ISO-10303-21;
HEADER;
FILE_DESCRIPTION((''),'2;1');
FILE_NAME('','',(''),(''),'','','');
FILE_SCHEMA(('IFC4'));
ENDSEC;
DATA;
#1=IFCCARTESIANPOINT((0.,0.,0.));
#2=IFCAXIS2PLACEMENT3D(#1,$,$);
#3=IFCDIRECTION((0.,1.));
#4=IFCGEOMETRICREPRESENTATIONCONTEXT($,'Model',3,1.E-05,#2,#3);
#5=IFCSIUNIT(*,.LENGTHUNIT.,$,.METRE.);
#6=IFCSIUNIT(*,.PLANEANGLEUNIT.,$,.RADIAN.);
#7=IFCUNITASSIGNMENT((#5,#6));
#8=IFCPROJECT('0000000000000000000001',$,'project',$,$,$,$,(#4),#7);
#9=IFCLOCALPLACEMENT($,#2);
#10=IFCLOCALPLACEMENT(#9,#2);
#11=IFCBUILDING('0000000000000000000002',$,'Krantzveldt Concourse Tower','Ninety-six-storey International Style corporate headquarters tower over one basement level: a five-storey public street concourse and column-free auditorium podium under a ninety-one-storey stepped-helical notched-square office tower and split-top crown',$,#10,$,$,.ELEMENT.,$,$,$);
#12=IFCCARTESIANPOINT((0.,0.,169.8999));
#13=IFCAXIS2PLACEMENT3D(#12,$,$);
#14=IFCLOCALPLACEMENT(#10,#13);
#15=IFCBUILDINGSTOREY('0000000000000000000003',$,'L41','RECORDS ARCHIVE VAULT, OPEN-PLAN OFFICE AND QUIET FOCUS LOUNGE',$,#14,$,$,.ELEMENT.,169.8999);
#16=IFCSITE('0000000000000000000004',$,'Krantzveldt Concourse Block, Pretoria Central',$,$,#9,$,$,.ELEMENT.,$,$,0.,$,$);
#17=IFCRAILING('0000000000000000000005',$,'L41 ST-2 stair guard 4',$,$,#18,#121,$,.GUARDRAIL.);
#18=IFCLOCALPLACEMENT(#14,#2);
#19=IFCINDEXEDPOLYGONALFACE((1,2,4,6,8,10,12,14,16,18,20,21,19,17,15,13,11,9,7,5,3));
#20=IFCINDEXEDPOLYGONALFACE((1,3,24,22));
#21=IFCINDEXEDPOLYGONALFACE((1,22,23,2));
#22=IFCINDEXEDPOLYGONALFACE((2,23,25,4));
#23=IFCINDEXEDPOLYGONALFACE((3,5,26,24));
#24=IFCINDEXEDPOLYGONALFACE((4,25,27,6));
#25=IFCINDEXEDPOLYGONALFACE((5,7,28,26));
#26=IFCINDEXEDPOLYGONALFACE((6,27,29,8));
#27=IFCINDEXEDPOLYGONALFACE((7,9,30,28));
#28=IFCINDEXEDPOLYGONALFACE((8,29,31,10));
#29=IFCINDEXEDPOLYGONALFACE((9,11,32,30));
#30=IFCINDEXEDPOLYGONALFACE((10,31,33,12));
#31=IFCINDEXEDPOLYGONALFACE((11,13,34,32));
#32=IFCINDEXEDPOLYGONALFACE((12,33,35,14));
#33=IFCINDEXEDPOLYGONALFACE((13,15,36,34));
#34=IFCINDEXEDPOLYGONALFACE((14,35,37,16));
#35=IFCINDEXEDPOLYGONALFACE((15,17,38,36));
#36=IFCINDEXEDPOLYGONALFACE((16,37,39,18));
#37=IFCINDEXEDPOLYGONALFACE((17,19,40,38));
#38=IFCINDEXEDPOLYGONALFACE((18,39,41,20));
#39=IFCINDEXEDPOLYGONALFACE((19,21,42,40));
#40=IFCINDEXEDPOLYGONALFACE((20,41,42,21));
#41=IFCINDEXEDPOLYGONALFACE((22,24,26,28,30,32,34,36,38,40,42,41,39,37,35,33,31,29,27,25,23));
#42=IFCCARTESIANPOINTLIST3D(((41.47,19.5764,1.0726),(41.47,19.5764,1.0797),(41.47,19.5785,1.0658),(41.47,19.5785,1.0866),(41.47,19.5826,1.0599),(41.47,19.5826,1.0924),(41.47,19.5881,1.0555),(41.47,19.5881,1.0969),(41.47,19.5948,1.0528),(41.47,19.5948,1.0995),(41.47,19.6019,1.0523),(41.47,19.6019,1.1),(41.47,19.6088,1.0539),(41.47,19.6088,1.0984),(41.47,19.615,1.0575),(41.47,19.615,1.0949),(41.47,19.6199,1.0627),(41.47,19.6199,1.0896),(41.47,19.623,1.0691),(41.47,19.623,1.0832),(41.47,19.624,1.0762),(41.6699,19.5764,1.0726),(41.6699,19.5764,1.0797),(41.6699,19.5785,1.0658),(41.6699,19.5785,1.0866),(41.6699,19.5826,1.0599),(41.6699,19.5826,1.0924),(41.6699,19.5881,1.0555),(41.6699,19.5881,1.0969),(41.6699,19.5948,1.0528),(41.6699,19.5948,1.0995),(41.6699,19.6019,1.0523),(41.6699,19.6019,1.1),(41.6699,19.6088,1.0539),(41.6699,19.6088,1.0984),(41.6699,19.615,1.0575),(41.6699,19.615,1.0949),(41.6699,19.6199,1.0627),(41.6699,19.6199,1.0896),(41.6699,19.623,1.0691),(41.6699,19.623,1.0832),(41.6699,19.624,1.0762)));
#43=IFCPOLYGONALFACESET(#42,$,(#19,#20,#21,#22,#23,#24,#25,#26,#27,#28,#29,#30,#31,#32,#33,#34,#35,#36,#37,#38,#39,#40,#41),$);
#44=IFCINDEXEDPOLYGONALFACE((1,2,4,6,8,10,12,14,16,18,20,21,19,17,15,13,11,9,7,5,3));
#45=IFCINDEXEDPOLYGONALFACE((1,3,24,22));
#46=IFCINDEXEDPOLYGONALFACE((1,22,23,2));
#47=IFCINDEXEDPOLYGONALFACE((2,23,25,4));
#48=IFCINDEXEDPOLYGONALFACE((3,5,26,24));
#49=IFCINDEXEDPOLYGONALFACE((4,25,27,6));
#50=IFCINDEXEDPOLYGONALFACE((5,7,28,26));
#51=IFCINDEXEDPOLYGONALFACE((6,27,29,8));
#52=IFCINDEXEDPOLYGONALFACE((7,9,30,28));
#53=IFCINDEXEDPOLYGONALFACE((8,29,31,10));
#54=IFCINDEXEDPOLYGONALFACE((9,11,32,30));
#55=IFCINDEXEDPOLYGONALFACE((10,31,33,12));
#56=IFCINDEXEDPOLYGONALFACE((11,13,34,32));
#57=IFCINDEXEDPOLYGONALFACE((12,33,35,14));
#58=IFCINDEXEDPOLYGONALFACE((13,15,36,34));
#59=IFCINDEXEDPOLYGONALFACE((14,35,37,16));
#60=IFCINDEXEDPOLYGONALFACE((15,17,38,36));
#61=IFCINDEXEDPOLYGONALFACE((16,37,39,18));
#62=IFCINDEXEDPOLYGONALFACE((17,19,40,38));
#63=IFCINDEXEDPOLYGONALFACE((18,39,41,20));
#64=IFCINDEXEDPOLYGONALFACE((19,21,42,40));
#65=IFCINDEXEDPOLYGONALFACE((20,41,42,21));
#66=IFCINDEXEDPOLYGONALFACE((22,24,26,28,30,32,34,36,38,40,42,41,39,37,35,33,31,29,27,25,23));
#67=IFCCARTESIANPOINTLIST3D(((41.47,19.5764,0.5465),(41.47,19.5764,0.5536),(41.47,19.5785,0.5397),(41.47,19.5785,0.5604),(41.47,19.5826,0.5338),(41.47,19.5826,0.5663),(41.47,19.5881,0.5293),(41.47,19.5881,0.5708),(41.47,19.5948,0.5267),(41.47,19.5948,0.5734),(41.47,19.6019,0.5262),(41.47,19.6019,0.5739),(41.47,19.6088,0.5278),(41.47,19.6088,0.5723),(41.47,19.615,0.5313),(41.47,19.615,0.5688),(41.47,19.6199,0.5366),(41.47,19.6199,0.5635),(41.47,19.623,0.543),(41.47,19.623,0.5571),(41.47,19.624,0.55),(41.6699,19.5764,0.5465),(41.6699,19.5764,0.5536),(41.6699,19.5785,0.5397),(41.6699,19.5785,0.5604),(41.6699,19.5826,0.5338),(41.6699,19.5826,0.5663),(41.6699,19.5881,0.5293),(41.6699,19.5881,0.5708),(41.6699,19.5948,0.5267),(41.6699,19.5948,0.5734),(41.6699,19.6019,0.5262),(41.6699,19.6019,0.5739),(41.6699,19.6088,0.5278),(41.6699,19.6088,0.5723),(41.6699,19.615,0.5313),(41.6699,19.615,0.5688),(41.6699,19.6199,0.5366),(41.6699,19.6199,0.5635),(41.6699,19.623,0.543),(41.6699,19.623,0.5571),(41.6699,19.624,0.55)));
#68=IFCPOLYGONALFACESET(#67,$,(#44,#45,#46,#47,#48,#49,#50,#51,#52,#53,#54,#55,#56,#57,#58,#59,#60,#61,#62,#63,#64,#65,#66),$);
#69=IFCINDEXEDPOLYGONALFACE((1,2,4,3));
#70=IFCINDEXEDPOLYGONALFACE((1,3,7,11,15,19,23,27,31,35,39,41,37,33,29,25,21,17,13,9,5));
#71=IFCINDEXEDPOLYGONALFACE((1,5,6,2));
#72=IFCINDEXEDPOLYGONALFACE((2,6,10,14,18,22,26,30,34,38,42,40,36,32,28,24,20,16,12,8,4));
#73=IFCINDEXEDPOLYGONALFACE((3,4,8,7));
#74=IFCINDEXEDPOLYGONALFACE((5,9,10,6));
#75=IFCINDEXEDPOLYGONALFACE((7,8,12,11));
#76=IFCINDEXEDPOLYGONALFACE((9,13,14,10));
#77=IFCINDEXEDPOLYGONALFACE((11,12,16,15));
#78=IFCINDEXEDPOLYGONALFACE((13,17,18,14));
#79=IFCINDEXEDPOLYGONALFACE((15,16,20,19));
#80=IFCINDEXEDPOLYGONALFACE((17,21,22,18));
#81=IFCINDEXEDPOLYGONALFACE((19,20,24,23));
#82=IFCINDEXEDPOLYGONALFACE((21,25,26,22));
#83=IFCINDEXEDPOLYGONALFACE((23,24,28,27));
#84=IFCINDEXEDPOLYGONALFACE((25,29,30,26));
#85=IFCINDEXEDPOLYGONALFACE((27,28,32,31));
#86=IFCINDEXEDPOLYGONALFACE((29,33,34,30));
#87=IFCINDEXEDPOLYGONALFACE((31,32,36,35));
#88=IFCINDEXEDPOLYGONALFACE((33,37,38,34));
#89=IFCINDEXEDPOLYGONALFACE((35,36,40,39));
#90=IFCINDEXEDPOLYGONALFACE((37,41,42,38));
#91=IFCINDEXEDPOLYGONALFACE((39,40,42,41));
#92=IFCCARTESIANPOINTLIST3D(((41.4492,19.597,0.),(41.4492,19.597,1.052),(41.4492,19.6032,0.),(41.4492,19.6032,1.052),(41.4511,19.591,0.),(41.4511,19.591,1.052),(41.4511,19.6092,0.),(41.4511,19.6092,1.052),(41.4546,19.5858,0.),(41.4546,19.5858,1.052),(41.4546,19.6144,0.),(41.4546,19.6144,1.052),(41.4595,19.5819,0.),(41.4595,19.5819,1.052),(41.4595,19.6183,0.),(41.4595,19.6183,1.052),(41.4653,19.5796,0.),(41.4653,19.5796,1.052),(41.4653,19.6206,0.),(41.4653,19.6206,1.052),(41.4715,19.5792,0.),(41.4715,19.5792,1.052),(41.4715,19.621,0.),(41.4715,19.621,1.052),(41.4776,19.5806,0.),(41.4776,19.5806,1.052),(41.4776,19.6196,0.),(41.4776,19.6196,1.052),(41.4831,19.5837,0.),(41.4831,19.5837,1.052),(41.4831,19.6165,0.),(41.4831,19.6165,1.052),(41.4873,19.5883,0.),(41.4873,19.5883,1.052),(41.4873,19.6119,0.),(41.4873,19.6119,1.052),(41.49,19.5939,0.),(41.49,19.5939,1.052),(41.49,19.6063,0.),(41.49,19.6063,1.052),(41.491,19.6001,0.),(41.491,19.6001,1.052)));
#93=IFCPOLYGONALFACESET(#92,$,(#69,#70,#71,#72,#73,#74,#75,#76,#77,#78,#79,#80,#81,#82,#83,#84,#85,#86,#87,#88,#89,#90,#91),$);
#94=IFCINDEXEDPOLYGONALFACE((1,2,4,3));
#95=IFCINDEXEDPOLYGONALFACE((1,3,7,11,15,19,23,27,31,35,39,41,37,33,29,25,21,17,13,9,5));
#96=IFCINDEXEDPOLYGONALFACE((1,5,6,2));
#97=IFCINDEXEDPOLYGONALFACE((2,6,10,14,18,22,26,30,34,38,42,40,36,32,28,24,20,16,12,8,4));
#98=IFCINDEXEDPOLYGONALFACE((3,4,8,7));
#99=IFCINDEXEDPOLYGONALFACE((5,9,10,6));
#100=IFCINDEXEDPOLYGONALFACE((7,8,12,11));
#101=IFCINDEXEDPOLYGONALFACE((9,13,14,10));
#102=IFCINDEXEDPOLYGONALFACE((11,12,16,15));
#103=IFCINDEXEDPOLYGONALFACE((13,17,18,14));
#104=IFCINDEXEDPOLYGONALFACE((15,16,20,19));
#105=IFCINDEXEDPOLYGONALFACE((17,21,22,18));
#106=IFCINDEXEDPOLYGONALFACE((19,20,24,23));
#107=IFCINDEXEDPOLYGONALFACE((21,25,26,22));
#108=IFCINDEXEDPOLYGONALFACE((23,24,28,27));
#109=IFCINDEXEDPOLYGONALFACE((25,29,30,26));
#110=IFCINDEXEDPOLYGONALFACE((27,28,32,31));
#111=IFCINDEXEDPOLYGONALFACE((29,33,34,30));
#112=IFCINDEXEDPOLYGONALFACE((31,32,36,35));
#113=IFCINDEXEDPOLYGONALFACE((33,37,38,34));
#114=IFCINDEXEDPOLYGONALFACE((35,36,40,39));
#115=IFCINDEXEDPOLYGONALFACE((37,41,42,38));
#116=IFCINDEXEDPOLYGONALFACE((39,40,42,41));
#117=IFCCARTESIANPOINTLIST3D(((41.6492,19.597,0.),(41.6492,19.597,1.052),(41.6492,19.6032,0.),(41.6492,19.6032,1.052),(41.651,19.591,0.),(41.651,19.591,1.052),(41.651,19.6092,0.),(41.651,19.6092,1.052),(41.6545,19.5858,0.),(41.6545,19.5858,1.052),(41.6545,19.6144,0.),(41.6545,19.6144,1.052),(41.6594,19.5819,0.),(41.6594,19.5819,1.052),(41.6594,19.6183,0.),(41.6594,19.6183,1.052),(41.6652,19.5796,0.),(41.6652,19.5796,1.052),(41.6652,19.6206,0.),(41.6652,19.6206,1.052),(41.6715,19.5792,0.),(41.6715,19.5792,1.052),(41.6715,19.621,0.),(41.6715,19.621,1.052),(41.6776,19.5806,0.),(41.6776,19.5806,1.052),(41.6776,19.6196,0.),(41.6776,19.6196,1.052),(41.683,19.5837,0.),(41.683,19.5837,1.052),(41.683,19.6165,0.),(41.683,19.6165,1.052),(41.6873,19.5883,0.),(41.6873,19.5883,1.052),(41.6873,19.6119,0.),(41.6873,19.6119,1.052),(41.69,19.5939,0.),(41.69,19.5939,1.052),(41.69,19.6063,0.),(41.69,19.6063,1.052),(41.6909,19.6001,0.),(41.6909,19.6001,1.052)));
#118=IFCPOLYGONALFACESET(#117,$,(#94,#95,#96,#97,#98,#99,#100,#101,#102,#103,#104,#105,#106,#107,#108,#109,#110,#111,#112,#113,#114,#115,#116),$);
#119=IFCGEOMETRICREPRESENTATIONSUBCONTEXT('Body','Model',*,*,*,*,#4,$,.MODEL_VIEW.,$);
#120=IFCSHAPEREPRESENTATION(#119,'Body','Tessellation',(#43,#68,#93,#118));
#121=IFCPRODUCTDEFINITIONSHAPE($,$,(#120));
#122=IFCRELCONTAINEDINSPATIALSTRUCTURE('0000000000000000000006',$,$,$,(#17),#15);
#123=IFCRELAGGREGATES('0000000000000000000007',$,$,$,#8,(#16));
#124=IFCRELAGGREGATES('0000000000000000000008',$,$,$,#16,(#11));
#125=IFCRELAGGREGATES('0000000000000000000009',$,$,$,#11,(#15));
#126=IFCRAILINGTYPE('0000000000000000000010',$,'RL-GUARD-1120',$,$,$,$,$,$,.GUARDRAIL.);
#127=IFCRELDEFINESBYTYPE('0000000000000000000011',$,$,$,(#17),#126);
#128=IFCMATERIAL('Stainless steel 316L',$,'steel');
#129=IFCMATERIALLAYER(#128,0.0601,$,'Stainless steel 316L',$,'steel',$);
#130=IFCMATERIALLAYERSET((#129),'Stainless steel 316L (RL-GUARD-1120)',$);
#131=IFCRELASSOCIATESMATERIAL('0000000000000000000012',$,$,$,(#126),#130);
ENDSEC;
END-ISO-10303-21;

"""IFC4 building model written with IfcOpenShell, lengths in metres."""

from ifc_helpers import new_model, si_unit, direction, frame, origin, origin_2d, place, context, subcontext, project, spatial, circle, extrude, material, layer, layer_set, type_object, element, save


model = new_model("IFC4")

# Units and contexts
model_context = context("Model", 3, precision=1e-05, world=origin(), true_north=direction((0.0, 1.0)))
body_context = subcontext(model_context, "Body", "Model", "MODEL_VIEW")
ifc_project = project(units=[si_unit("LENGTHUNIT", "METRE"), si_unit("PLANEANGLEUNIT", "RADIAN")], contexts=[model_context])

# Site, building, storey
site_placement = place(None, origin())
site = spatial("IfcSite", under=ifc_project, at=site_placement, Name="Krantzveldt Concourse Block, Pretoria Central", CompositionType="ELEMENT", RefElevation=0.0)
building_placement = place(site_placement, origin())
building = spatial("IfcBuilding", under=site, at=building_placement, Name="Krantzveldt Concourse Tower", Description="Ninety-six-storey International Style corporate headquarters tower over one basement level: a five-storey public street concourse and column-free auditorium podium under a ninety-one-storey stepped-helical notched-square office tower and split-top crown", CompositionType="ELEMENT")
storey_placement = place(building_placement, frame((0.0, 0.0, 169.8999)))
storey = spatial("IfcBuildingStorey", under=building, at=storey_placement, Name="L41", Description="RECORDS ARCHIVE VAULT, OPEN-PLAN OFFICE AND QUIET FOCUS LOUNGE", CompositionType="ELEMENT", Elevation=169.8999)

# Shared definitions
ifc_material_1 = material(Name="Stainless steel 316L", Category="steel")

# Railing
ifc_layer_1 = layer(ifc_material_1, 0.0601, Name="Stainless steel 316L", Category="steel")
ifc_layer_set_1 = layer_set([ifc_layer_1], Name="Stainless steel 316L (RL-GUARD-1120)")
railing_type_1 = type_object("IfcRailingType", Name="RL-GUARD-1120", PredefinedType="GUARDRAIL", material=ifc_layer_set_1)
for number, where, name in (
    (1, (41.47, 19.6001, 0.0), "L41 ST-2 stair guard 4"),
):
    element("IfcRailing", number, at=place(storey_placement, frame(where)), inside=storey, type_object=railing_type_1, Name=name, PredefinedType="GUARDRAIL", context=body_context, shape_type="SweptSolid", body=[
        extrude(circle(Radius=0.0239, at=origin_2d()), frame((0.0, 0.0, 1.0762), z_axis=(1.0, 0.0, 0.0), x_axis=(0.0, 1.0, 0.0)), (0.0, 0.0, 1.0), 0.2),
        extrude(circle(Radius=0.0239, at=origin_2d()), frame((0.0, 0.0, 0.55), z_axis=(1.0, 0.0, 0.0), x_axis=(0.0, 1.0, 0.0)), (0.0, 0.0, 1.0), 0.2),
        extrude(circle(Radius=0.021, at=origin_2d()), origin(), (0.0, 0.0, 1.0), 1.052),
        extrude(circle(Radius=0.021, at=origin_2d()), frame((0.2, 0.0, 0.0)), (0.0, 0.0, 1.0), 1.052),
    ])

save(model, "model.ifc")
